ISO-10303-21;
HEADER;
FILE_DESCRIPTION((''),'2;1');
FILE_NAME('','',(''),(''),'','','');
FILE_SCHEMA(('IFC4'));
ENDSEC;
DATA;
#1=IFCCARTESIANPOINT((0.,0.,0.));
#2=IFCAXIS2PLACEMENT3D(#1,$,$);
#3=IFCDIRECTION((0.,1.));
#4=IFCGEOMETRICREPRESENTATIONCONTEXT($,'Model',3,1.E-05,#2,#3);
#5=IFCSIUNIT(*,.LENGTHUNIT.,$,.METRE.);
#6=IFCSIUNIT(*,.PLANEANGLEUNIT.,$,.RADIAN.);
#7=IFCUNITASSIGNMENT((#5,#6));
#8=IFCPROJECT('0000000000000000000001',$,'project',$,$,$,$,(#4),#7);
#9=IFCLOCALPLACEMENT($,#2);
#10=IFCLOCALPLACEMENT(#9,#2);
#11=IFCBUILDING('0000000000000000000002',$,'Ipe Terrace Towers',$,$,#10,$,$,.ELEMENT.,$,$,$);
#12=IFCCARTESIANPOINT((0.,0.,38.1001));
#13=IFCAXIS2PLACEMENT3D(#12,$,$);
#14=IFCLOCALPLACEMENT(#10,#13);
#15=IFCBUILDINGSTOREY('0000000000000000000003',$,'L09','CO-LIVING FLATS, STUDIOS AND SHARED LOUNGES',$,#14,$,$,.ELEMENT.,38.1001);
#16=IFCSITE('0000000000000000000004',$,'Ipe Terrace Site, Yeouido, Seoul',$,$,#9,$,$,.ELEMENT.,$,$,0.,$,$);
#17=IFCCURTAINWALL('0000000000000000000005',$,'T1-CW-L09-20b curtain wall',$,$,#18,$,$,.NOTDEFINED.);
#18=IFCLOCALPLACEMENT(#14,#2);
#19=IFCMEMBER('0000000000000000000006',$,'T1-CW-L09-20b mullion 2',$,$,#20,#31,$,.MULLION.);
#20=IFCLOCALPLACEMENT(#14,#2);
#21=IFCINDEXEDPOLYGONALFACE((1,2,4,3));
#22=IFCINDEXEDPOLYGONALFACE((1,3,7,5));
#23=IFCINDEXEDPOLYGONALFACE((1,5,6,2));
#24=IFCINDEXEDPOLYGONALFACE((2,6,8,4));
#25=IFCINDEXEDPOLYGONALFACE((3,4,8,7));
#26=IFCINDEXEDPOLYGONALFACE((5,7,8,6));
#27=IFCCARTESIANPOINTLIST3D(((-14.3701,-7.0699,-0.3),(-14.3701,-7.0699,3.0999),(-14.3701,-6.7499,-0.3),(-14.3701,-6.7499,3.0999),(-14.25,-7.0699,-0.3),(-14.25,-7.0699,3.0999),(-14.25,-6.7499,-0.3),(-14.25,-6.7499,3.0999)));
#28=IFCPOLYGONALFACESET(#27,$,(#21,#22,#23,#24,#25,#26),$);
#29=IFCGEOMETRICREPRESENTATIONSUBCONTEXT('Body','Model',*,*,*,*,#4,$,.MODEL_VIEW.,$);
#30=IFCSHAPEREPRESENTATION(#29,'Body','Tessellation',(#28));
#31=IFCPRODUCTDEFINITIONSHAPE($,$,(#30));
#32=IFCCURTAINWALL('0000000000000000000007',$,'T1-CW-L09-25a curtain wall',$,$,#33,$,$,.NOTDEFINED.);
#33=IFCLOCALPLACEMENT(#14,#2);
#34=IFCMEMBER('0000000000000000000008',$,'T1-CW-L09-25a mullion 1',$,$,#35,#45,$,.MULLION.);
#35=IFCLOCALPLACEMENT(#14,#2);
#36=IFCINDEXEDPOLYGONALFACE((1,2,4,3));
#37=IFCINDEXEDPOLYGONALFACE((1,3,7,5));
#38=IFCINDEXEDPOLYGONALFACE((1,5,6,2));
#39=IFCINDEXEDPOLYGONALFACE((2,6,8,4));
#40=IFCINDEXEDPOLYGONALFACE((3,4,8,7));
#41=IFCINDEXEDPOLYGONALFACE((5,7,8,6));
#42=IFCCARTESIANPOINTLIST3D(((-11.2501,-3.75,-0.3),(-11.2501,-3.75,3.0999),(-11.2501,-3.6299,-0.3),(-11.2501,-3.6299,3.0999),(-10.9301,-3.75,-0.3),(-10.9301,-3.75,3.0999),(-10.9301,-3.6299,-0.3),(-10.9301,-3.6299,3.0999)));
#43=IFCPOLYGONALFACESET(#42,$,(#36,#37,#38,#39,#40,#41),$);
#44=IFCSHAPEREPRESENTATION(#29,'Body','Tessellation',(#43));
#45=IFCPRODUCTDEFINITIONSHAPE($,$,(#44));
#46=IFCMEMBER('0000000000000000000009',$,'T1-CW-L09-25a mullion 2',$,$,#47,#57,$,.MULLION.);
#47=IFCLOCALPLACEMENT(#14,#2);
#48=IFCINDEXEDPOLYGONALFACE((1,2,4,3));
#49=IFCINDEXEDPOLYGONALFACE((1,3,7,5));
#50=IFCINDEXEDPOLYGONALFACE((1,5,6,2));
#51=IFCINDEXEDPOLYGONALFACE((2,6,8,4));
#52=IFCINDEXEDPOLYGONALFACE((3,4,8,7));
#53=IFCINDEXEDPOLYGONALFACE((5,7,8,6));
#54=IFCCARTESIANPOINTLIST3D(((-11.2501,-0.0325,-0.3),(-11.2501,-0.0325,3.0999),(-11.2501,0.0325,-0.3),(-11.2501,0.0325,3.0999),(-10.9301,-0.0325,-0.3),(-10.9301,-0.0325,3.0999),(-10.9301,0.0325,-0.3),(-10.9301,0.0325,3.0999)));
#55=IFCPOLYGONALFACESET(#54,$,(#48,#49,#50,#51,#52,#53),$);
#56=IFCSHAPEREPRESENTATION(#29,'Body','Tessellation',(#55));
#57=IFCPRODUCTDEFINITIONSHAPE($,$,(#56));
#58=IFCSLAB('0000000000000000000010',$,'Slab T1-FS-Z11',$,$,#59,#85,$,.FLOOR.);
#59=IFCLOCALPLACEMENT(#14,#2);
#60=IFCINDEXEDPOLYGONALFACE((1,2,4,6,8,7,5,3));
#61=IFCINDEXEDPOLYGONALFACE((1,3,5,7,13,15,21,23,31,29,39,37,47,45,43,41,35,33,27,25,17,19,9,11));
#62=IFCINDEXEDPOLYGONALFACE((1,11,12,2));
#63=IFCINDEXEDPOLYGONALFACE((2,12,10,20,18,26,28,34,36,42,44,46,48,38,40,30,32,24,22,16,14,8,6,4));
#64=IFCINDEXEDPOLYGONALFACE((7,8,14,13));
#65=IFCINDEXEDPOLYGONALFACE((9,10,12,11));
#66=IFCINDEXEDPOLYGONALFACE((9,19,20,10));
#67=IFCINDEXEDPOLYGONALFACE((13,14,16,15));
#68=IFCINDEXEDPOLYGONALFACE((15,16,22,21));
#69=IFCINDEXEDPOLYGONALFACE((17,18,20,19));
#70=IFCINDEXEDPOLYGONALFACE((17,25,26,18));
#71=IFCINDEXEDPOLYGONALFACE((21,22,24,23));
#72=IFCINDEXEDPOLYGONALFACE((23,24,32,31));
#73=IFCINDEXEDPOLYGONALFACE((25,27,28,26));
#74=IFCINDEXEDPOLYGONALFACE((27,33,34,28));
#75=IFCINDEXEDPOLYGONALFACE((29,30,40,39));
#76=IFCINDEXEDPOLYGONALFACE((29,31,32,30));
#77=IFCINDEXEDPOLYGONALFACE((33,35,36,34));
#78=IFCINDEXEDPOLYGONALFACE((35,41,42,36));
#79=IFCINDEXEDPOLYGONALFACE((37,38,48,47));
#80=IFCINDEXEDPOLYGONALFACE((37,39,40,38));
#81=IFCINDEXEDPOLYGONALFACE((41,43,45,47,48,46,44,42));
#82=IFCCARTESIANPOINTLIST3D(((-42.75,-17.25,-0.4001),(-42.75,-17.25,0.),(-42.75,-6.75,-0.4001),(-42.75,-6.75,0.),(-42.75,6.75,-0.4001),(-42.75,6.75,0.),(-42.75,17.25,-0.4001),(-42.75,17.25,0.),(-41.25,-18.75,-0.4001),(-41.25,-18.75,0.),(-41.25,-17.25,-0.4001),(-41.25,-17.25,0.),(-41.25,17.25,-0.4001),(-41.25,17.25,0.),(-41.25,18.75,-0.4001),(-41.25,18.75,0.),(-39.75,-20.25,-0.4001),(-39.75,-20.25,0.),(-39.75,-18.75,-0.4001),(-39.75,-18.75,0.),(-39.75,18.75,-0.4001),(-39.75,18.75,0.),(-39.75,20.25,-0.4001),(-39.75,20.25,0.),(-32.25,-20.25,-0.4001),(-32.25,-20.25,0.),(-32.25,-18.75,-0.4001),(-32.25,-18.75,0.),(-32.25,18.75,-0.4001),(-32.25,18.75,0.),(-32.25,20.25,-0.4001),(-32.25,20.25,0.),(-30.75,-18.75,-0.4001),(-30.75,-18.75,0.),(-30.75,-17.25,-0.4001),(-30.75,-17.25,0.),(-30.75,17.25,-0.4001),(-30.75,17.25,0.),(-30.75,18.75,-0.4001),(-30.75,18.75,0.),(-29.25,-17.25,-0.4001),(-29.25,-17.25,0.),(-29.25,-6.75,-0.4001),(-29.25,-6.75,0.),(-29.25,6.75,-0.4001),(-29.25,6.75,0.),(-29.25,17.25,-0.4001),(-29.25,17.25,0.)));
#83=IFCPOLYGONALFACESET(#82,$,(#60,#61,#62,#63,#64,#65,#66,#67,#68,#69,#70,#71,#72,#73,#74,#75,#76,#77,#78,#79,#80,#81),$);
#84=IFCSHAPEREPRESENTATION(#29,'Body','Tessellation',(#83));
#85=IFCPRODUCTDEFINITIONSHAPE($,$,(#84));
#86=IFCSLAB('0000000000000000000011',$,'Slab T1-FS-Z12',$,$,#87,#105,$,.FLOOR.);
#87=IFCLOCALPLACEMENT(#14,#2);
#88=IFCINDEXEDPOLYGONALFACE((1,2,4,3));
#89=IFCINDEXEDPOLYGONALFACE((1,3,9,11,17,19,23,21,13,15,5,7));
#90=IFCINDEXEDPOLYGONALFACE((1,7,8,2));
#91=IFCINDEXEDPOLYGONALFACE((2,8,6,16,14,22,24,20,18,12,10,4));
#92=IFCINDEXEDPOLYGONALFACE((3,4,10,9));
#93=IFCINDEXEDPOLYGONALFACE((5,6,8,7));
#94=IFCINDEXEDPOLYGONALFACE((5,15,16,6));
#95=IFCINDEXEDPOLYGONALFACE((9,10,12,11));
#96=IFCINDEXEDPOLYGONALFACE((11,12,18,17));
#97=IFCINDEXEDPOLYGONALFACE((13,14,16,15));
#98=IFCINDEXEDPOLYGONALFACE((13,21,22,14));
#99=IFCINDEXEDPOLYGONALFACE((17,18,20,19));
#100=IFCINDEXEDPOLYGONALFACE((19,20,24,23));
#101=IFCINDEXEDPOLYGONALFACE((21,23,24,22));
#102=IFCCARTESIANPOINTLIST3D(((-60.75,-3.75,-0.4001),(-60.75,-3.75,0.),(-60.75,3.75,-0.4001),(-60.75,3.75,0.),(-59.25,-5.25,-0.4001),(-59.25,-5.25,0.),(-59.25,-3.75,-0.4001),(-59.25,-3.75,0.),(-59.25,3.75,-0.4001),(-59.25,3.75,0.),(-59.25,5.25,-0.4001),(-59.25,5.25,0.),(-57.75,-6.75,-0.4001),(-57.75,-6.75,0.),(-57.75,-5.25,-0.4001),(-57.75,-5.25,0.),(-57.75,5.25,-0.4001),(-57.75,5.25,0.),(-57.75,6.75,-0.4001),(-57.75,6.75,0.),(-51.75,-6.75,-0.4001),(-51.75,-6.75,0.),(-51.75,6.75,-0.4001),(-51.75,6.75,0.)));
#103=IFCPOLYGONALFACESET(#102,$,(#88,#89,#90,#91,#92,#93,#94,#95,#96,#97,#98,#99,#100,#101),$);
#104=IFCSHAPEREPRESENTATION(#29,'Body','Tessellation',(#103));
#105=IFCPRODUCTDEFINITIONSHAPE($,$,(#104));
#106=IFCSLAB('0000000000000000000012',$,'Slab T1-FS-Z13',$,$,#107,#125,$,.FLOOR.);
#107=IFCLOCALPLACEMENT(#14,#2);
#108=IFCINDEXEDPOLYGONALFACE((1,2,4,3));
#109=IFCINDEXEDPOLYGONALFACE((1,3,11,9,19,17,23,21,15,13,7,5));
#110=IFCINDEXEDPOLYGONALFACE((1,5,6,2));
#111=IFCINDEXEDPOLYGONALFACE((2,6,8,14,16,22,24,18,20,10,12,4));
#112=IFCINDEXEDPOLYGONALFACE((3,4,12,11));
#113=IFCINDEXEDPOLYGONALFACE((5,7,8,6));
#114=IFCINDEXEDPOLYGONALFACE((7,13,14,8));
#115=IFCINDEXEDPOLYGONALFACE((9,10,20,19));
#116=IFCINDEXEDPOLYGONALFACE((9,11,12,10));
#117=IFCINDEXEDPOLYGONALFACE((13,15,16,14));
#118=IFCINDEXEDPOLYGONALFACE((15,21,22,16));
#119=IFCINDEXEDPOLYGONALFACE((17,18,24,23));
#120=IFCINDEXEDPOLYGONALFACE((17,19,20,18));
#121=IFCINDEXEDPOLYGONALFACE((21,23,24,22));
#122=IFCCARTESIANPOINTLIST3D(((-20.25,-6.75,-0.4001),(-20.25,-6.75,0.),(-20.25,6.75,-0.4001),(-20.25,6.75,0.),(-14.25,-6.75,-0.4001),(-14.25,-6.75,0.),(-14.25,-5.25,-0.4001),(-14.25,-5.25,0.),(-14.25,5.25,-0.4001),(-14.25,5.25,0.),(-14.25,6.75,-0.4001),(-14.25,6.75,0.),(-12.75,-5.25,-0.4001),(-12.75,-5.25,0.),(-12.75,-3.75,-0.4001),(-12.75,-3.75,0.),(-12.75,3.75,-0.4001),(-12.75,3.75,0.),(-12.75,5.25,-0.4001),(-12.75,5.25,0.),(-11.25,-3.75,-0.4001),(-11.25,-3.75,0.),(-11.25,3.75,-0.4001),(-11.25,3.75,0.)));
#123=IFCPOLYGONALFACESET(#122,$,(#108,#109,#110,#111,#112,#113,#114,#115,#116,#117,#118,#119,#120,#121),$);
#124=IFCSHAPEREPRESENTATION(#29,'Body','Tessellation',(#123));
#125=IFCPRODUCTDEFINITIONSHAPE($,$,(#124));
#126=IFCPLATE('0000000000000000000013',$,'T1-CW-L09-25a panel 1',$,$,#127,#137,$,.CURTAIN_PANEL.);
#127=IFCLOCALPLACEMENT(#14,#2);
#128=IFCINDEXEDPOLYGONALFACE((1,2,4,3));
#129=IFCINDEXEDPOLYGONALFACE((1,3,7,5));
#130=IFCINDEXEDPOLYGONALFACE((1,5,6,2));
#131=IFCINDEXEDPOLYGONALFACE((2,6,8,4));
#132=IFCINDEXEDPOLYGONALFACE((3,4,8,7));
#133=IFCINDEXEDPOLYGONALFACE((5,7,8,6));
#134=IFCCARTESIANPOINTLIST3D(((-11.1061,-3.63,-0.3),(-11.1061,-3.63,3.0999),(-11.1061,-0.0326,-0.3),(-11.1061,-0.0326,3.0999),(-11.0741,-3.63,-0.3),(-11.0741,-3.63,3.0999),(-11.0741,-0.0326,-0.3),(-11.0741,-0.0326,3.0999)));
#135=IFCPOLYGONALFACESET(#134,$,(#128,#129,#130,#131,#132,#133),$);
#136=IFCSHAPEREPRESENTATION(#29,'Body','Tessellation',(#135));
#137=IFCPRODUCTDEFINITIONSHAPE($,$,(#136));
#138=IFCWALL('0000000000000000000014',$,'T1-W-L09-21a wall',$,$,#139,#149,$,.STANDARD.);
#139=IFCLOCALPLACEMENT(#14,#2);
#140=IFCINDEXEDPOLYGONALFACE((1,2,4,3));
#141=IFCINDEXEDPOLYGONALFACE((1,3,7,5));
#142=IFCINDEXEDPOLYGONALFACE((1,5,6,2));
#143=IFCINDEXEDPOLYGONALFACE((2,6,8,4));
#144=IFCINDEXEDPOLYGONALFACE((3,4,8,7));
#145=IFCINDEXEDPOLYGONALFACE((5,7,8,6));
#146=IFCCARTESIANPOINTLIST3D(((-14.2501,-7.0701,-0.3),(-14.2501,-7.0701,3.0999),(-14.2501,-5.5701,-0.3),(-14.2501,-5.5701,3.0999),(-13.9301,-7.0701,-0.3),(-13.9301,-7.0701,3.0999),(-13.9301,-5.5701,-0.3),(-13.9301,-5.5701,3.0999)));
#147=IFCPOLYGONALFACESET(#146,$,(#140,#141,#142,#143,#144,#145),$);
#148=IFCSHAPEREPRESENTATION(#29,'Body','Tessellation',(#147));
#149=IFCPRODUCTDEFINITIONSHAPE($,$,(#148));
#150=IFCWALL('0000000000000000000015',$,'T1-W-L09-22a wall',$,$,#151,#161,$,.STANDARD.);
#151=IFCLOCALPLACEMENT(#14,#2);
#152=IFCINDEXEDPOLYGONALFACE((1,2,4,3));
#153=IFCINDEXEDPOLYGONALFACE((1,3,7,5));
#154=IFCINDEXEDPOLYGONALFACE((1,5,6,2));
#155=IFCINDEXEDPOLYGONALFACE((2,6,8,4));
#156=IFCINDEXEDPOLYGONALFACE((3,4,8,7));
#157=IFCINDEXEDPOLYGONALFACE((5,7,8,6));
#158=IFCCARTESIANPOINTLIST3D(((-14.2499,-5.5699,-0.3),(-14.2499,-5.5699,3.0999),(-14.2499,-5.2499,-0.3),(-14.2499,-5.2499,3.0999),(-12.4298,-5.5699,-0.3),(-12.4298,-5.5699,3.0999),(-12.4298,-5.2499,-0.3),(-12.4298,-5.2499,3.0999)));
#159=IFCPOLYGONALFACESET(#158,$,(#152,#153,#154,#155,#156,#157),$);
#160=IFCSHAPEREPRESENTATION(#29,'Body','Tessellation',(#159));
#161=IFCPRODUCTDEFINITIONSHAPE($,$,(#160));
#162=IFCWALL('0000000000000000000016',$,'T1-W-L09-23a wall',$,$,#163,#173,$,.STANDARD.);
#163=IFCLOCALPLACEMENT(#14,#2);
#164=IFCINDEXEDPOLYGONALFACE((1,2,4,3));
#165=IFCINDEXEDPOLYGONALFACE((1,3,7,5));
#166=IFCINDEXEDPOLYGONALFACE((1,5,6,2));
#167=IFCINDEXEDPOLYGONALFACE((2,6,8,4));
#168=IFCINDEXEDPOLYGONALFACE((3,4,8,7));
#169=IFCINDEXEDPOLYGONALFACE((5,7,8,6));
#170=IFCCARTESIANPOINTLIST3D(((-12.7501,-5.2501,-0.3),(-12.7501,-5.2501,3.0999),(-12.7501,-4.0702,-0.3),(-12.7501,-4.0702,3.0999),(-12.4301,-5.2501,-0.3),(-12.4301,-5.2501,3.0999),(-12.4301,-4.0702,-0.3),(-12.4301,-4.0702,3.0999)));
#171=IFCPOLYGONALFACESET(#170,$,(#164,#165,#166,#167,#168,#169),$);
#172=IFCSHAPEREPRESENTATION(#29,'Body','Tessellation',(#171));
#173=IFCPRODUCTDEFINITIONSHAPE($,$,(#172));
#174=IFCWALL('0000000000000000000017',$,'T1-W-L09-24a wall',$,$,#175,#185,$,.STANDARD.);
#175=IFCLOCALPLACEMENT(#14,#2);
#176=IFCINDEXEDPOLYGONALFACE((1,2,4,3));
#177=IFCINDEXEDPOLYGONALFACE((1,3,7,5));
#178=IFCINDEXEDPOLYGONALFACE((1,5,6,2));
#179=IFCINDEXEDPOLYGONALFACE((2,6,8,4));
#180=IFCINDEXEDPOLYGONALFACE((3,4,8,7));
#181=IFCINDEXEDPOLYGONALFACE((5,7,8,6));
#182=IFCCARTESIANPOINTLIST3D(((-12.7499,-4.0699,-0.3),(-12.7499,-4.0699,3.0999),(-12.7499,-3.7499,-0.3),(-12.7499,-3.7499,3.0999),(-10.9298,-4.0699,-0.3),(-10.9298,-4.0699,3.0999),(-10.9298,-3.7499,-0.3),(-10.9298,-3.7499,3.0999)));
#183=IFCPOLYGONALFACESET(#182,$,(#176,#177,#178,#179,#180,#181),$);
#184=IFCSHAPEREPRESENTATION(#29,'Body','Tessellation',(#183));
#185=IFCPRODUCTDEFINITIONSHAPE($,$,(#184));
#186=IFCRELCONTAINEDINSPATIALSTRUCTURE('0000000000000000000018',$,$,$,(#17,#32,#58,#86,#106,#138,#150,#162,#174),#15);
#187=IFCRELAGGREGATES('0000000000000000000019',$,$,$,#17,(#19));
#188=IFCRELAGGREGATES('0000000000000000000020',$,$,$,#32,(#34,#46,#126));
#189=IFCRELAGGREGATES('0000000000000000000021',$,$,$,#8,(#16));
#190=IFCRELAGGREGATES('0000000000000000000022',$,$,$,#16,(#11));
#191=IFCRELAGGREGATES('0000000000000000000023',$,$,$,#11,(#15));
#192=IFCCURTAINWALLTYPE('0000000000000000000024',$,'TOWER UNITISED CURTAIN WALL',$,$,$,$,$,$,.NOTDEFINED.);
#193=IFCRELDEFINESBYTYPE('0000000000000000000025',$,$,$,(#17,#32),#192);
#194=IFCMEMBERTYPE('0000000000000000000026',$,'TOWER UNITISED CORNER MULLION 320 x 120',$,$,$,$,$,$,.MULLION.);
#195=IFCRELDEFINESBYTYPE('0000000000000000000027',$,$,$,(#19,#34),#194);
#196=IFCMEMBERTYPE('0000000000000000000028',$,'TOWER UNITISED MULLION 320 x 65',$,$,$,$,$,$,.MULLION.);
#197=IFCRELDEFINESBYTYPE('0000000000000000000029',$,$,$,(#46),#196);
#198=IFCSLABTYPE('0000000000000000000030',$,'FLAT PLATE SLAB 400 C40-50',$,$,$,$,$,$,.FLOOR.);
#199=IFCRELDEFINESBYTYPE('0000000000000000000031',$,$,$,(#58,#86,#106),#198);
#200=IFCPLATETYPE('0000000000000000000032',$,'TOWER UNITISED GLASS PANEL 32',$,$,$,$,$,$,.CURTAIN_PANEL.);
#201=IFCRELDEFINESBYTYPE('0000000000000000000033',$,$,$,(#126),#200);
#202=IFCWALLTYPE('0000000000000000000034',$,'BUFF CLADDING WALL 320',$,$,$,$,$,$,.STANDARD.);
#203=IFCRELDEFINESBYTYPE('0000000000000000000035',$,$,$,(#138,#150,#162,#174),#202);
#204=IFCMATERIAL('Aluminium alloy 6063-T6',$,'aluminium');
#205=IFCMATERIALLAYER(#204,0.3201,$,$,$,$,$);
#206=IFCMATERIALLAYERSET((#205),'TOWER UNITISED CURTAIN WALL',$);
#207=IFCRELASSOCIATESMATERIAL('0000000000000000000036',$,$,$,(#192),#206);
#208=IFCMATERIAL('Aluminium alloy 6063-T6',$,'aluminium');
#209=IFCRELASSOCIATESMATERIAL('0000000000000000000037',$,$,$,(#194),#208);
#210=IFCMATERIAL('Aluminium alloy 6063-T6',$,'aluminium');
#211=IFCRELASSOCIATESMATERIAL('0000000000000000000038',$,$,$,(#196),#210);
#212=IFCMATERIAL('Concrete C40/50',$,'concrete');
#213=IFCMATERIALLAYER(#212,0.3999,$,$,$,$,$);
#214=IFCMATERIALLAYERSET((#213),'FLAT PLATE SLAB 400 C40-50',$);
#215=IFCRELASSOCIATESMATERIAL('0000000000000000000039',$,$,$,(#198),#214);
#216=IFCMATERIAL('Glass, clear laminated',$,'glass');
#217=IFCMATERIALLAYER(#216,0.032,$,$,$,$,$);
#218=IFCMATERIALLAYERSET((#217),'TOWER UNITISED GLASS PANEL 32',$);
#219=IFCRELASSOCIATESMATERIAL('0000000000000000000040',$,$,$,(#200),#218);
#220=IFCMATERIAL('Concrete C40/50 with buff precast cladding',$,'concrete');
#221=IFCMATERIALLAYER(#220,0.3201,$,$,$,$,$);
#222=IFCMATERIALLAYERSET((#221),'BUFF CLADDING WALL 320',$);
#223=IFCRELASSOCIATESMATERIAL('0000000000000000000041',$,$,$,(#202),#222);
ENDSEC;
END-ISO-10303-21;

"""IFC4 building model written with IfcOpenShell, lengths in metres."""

from ifc_helpers import new_model, si_unit, direction, frame, frame_2d, origin, origin_2d, place, context, subcontext, project, spatial, polyline, rectangle, outline, extrude, material, layer, layer_set, material_profile, profile_set, type_object, element, aggregate, save


model = new_model("IFC4")

# Units and contexts
model_context = context("Model", 3, precision=1e-05, world=origin(), true_north=direction((0.0, 1.0)))
body_context = subcontext(model_context, "Body", "Model", "MODEL_VIEW")
ifc_project = project(units=[si_unit("LENGTHUNIT", "METRE"), si_unit("PLANEANGLEUNIT", "RADIAN")], contexts=[model_context])

# Site, building, storey
site_placement = place(None, origin())
site = spatial("IfcSite", under=ifc_project, at=site_placement, Name="Ipe Terrace Site, Yeouido, Seoul", CompositionType="ELEMENT", RefElevation=0.0)
building_placement = place(site_placement, origin())
building = spatial("IfcBuilding", under=site, at=building_placement, Name="Ipe Terrace Towers", CompositionType="ELEMENT")
storey_placement = place(building_placement, frame((0.0, 0.0, 38.1001)))
storey = spatial("IfcBuildingStorey", under=building, at=storey_placement, Name="L09", Description="CO-LIVING FLATS, STUDIOS AND SHARED LOUNGES", CompositionType="ELEMENT", Elevation=38.1001)

# Curtain wall, member
ifc_material_1 = material(Name="Aluminium alloy 6063-T6", Category="aluminium")
ifc_layer_1 = layer(ifc_material_1, 0.3201)
ifc_layer_set_1 = layer_set([ifc_layer_1], Name="TOWER UNITISED CURTAIN WALL")
curtain_wall_type = type_object("IfcCurtainWallType", Name="TOWER UNITISED CURTAIN WALL", PredefinedType="NOTDEFINED", material=ifc_layer_set_1)
curtain_wall_1_placement = place(storey_placement, origin())
curtain_wall_1 = element("IfcCurtainWall", 1, at=curtain_wall_1_placement, inside=storey, type_object=curtain_wall_type, Name="T1-CW-L09-20b curtain wall", PredefinedType="NOTDEFINED")
ifc_material_2 = material(Name="Aluminium alloy 6063-T6", Category="aluminium")
ifc_material_profile_1 = material_profile(ifc_material_2, rectangle(XDim=0.3201, YDim=0.1201, at=origin_2d()), Name="TOWER UNITISED CORNER MULLION 320 x 120")
ifc_profile_set_1 = profile_set([ifc_material_profile_1], Name="Aluminium alloy 6063-T6")
member_type_1 = type_object("IfcMemberType", Name="TOWER UNITISED CORNER MULLION 320 x 120", PredefinedType="MULLION", material=ifc_profile_set_1)
member_1_placement = place(storey_placement, frame((-14.3101, -6.9099, -0.3), z_axis=(0.0, 0.0, 1.0), x_axis=(0.0, -1.0, 0.0)))
member_1 = element("IfcMember", 2, at=member_1_placement, type_object=member_type_1, Name="T1-CW-L09-20b mullion 2", PredefinedType="MULLION", context=body_context, shape_type="SweptSolid", body=[
    extrude(rectangle(XDim=0.3201, YDim=0.1201, at=origin_2d()), origin(), (0.0, 0.0, 1.0), 3.3999),
])
aggregate(curtain_wall_1, [member_1])

# Curtain wall, members
curtain_wall_2_placement = place(storey_placement, origin())
curtain_wall_2 = element("IfcCurtainWall", 3, at=curtain_wall_2_placement, inside=storey, type_object=curtain_wall_type, Name="T1-CW-L09-25a curtain wall", PredefinedType="NOTDEFINED")
member_2_placement = place(storey_placement, frame((-11.0901, -3.6899, -0.3), z_axis=(0.0, 0.0, 1.0), x_axis=(1.0, 0.0, 0.0)))
member_2 = element("IfcMember", 4, at=member_2_placement, type_object=member_type_1, Name="T1-CW-L09-25a mullion 1", PredefinedType="MULLION", context=body_context, shape_type="SweptSolid", body=[
    extrude(rectangle(XDim=0.3201, YDim=0.1201, at=origin_2d()), origin(), (0.0, 0.0, 1.0), 3.3999),
])
ifc_material_3 = material(Name="Aluminium alloy 6063-T6", Category="aluminium")
ifc_material_profile_2 = material_profile(ifc_material_3, rectangle(XDim=0.3201, YDim=0.0649, at=origin_2d()), Name="TOWER UNITISED MULLION 320 x 65")
ifc_profile_set_2 = profile_set([ifc_material_profile_2], Name="Aluminium alloy 6063-T6")
member_type_2 = type_object("IfcMemberType", Name="TOWER UNITISED MULLION 320 x 65", PredefinedType="MULLION", material=ifc_profile_set_2)
member_3_placement = place(storey_placement, frame((-11.0901, 0.0, -0.3), z_axis=(0.0, 0.0, 1.0), x_axis=(1.0, 0.0, 0.0)))
member_3 = element("IfcMember", 5, at=member_3_placement, type_object=member_type_2, Name="T1-CW-L09-25a mullion 2", PredefinedType="MULLION", context=body_context, shape_type="SweptSolid", body=[
    extrude(rectangle(XDim=0.3201, YDim=0.0649, at=origin_2d()), origin(), (0.0, 0.0, 1.0), 3.3999),
])

# Slabs
ifc_material_4 = material(Name="Concrete C40/50", Category="concrete")
ifc_layer_2 = layer(ifc_material_4, 0.3999)
ifc_layer_set_2 = layer_set([ifc_layer_2], Name="FLAT PLATE SLAB 400 C40-50")
slab_type = type_object("IfcSlabType", Name="FLAT PLATE SLAB 400 C40-50", PredefinedType="FLOOR", material=ifc_layer_set_2)
slab_1_placement = place(storey_placement, frame((0.0, 0.0, -0.4001)))
element("IfcSlab", 6, at=slab_1_placement, inside=storey, type_object=slab_type, Name="Slab T1-FS-Z11", PredefinedType="FLOOR", context=body_context, shape_type="SweptSolid", body=[
    extrude(outline(polyline([(-30.75, -17.25), (-30.75, -18.75), (-32.25, -18.75), (-32.25, -20.25), (-39.75, -20.25), (-39.75, -18.75), (-41.25, -18.75), (-41.25, -17.25), (-42.75, -17.25), (-42.75, -6.75), (-42.75, 6.75), (-42.75, 17.25), (-41.25, 17.25), (-41.25, 18.75), (-39.75, 18.75), (-39.75, 20.25), (-32.25, 20.25), (-32.25, 18.75), (-30.75, 18.75), (-30.75, 17.25), (-29.25, 17.25), (-29.25, 6.75), (-29.25, -6.75), (-29.25, -17.25), (-30.75, -17.25)])), origin(), (0.0, 0.0, 1.0), 0.4001),
])
slab_2_placement = place(storey_placement, frame((0.0, 0.0, -0.4001)))
element("IfcSlab", 7, at=slab_2_placement, inside=storey, type_object=slab_type, Name="Slab T1-FS-Z12", PredefinedType="FLOOR", context=body_context, shape_type="SweptSolid", body=[
    extrude(outline(polyline([(-57.75, -6.75), (-57.75, -5.25), (-59.25, -5.25), (-59.25, -3.75), (-60.75, -3.75), (-60.75, 3.75), (-59.25, 3.75), (-59.25, 5.25), (-57.75, 5.25), (-57.75, 6.75), (-51.75, 6.75), (-51.75, -6.75), (-57.75, -6.75)])), origin(), (0.0, 0.0, 1.0), 0.4001),
])
slab_3_placement = place(storey_placement, frame((0.0, 0.0, -0.4001)))
element("IfcSlab", 8, at=slab_3_placement, inside=storey, type_object=slab_type, Name="Slab T1-FS-Z13", PredefinedType="FLOOR", context=body_context, shape_type="SweptSolid", body=[
    extrude(outline(polyline([(-14.25, 5.25), (-12.75, 5.25), (-12.75, 3.75), (-11.25, 3.75), (-11.25, -3.75), (-12.75, -3.75), (-12.75, -5.25), (-14.25, -5.25), (-14.25, -6.75), (-20.25, -6.75), (-20.25, 6.75), (-14.25, 6.75), (-14.25, 5.25)])), origin(), (0.0, 0.0, 1.0), 0.4001),
])

# Plate
ifc_material_5 = material(Name="Glass, clear laminated", Category="glass")
ifc_layer_3 = layer(ifc_material_5, 0.032)
ifc_layer_set_3 = layer_set([ifc_layer_3], Name="TOWER UNITISED GLASS PANEL 32")
plate_type = type_object("IfcPlateType", Name="TOWER UNITISED GLASS PANEL 32", PredefinedType="CURTAIN_PANEL", material=ifc_layer_set_3)
plate_placement = place(storey_placement, frame((-11.0901, -1.8313, -0.3), z_axis=(0.0, 0.0, 1.0), x_axis=(0.0, 1.0, 0.0)))
plate = element("IfcPlate", 9, at=plate_placement, type_object=plate_type, Name="T1-CW-L09-25a panel 1", PredefinedType="CURTAIN_PANEL", context=body_context, shape_type="SweptSolid", body=[
    extrude(rectangle(XDim=3.5974, YDim=0.032, at=origin_2d()), origin(), (0.0, 0.0, 1.0), 3.3999),
])
aggregate(curtain_wall_2, [member_2, member_3, plate])

# Walls
ifc_material_6 = material(Name="Concrete C40/50 with buff precast cladding", Category="concrete")
ifc_layer_4 = layer(ifc_material_6, 0.3201)
ifc_layer_set_4 = layer_set([ifc_layer_4], Name="BUFF CLADDING WALL 320")
wall_type_1 = type_object("IfcWallType", Name="BUFF CLADDING WALL 320", PredefinedType="STANDARD", material=ifc_layer_set_4)
wall_1_placement = place(storey_placement, frame((-14.0901, -7.0701, -0.3), z_axis=(0.0, 0.0, 1.0), x_axis=(0.0, 1.0, 0.0)))
element("IfcWall", 10, at=wall_1_placement, inside=storey, type_object=wall_type_1, Name="T1-W-L09-21a wall", PredefinedType="STANDARD", context=body_context, shape_type="SweptSolid", body=[
    extrude(rectangle(XDim=1.5, YDim=0.3201, at=frame_2d((0.75, 0.0))), origin(), (0.0, 0.0, 1.0), 3.3999),
])
wall_2_placement = place(storey_placement, frame((-14.25, -5.4099, -0.3), z_axis=(0.0, 0.0, 1.0), x_axis=(1.0, 0.0, 0.0)))
element("IfcWall", 11, at=wall_2_placement, inside=storey, type_object=wall_type_1, Name="T1-W-L09-22a wall", PredefinedType="STANDARD", context=body_context, shape_type="SweptSolid", body=[
    extrude(rectangle(XDim=1.8201, YDim=0.3201, at=frame_2d((0.9102, 0.0))), origin(), (0.0, 0.0, 1.0), 3.3999),
])
wall_3_placement = place(storey_placement, frame((-12.5901, -5.25, -0.3), z_axis=(0.0, 0.0, 1.0), x_axis=(0.0, 1.0, 0.0)))
element("IfcWall", 12, at=wall_3_placement, inside=storey, type_object=wall_type_1, Name="T1-W-L09-23a wall", PredefinedType="STANDARD", context=body_context, shape_type="SweptSolid", body=[
    extrude(rectangle(XDim=1.1799, YDim=0.3201, at=frame_2d((0.5898, 0.0))), origin(), (0.0, 0.0, 1.0), 3.3999),
])
wall_4_placement = place(storey_placement, frame((-12.75, -3.9099, -0.3), z_axis=(0.0, 0.0, 1.0), x_axis=(1.0, 0.0, 0.0)))
element("IfcWall", 13, at=wall_4_placement, inside=storey, type_object=wall_type_1, Name="T1-W-L09-24a wall", PredefinedType="STANDARD", context=body_context, shape_type="SweptSolid", body=[
    extrude(rectangle(XDim=1.8201, YDim=0.3201, at=frame_2d((0.9102, 0.0))), origin(), (0.0, 0.0, 1.0), 3.3999),
])

save(model, "model.ifc")
